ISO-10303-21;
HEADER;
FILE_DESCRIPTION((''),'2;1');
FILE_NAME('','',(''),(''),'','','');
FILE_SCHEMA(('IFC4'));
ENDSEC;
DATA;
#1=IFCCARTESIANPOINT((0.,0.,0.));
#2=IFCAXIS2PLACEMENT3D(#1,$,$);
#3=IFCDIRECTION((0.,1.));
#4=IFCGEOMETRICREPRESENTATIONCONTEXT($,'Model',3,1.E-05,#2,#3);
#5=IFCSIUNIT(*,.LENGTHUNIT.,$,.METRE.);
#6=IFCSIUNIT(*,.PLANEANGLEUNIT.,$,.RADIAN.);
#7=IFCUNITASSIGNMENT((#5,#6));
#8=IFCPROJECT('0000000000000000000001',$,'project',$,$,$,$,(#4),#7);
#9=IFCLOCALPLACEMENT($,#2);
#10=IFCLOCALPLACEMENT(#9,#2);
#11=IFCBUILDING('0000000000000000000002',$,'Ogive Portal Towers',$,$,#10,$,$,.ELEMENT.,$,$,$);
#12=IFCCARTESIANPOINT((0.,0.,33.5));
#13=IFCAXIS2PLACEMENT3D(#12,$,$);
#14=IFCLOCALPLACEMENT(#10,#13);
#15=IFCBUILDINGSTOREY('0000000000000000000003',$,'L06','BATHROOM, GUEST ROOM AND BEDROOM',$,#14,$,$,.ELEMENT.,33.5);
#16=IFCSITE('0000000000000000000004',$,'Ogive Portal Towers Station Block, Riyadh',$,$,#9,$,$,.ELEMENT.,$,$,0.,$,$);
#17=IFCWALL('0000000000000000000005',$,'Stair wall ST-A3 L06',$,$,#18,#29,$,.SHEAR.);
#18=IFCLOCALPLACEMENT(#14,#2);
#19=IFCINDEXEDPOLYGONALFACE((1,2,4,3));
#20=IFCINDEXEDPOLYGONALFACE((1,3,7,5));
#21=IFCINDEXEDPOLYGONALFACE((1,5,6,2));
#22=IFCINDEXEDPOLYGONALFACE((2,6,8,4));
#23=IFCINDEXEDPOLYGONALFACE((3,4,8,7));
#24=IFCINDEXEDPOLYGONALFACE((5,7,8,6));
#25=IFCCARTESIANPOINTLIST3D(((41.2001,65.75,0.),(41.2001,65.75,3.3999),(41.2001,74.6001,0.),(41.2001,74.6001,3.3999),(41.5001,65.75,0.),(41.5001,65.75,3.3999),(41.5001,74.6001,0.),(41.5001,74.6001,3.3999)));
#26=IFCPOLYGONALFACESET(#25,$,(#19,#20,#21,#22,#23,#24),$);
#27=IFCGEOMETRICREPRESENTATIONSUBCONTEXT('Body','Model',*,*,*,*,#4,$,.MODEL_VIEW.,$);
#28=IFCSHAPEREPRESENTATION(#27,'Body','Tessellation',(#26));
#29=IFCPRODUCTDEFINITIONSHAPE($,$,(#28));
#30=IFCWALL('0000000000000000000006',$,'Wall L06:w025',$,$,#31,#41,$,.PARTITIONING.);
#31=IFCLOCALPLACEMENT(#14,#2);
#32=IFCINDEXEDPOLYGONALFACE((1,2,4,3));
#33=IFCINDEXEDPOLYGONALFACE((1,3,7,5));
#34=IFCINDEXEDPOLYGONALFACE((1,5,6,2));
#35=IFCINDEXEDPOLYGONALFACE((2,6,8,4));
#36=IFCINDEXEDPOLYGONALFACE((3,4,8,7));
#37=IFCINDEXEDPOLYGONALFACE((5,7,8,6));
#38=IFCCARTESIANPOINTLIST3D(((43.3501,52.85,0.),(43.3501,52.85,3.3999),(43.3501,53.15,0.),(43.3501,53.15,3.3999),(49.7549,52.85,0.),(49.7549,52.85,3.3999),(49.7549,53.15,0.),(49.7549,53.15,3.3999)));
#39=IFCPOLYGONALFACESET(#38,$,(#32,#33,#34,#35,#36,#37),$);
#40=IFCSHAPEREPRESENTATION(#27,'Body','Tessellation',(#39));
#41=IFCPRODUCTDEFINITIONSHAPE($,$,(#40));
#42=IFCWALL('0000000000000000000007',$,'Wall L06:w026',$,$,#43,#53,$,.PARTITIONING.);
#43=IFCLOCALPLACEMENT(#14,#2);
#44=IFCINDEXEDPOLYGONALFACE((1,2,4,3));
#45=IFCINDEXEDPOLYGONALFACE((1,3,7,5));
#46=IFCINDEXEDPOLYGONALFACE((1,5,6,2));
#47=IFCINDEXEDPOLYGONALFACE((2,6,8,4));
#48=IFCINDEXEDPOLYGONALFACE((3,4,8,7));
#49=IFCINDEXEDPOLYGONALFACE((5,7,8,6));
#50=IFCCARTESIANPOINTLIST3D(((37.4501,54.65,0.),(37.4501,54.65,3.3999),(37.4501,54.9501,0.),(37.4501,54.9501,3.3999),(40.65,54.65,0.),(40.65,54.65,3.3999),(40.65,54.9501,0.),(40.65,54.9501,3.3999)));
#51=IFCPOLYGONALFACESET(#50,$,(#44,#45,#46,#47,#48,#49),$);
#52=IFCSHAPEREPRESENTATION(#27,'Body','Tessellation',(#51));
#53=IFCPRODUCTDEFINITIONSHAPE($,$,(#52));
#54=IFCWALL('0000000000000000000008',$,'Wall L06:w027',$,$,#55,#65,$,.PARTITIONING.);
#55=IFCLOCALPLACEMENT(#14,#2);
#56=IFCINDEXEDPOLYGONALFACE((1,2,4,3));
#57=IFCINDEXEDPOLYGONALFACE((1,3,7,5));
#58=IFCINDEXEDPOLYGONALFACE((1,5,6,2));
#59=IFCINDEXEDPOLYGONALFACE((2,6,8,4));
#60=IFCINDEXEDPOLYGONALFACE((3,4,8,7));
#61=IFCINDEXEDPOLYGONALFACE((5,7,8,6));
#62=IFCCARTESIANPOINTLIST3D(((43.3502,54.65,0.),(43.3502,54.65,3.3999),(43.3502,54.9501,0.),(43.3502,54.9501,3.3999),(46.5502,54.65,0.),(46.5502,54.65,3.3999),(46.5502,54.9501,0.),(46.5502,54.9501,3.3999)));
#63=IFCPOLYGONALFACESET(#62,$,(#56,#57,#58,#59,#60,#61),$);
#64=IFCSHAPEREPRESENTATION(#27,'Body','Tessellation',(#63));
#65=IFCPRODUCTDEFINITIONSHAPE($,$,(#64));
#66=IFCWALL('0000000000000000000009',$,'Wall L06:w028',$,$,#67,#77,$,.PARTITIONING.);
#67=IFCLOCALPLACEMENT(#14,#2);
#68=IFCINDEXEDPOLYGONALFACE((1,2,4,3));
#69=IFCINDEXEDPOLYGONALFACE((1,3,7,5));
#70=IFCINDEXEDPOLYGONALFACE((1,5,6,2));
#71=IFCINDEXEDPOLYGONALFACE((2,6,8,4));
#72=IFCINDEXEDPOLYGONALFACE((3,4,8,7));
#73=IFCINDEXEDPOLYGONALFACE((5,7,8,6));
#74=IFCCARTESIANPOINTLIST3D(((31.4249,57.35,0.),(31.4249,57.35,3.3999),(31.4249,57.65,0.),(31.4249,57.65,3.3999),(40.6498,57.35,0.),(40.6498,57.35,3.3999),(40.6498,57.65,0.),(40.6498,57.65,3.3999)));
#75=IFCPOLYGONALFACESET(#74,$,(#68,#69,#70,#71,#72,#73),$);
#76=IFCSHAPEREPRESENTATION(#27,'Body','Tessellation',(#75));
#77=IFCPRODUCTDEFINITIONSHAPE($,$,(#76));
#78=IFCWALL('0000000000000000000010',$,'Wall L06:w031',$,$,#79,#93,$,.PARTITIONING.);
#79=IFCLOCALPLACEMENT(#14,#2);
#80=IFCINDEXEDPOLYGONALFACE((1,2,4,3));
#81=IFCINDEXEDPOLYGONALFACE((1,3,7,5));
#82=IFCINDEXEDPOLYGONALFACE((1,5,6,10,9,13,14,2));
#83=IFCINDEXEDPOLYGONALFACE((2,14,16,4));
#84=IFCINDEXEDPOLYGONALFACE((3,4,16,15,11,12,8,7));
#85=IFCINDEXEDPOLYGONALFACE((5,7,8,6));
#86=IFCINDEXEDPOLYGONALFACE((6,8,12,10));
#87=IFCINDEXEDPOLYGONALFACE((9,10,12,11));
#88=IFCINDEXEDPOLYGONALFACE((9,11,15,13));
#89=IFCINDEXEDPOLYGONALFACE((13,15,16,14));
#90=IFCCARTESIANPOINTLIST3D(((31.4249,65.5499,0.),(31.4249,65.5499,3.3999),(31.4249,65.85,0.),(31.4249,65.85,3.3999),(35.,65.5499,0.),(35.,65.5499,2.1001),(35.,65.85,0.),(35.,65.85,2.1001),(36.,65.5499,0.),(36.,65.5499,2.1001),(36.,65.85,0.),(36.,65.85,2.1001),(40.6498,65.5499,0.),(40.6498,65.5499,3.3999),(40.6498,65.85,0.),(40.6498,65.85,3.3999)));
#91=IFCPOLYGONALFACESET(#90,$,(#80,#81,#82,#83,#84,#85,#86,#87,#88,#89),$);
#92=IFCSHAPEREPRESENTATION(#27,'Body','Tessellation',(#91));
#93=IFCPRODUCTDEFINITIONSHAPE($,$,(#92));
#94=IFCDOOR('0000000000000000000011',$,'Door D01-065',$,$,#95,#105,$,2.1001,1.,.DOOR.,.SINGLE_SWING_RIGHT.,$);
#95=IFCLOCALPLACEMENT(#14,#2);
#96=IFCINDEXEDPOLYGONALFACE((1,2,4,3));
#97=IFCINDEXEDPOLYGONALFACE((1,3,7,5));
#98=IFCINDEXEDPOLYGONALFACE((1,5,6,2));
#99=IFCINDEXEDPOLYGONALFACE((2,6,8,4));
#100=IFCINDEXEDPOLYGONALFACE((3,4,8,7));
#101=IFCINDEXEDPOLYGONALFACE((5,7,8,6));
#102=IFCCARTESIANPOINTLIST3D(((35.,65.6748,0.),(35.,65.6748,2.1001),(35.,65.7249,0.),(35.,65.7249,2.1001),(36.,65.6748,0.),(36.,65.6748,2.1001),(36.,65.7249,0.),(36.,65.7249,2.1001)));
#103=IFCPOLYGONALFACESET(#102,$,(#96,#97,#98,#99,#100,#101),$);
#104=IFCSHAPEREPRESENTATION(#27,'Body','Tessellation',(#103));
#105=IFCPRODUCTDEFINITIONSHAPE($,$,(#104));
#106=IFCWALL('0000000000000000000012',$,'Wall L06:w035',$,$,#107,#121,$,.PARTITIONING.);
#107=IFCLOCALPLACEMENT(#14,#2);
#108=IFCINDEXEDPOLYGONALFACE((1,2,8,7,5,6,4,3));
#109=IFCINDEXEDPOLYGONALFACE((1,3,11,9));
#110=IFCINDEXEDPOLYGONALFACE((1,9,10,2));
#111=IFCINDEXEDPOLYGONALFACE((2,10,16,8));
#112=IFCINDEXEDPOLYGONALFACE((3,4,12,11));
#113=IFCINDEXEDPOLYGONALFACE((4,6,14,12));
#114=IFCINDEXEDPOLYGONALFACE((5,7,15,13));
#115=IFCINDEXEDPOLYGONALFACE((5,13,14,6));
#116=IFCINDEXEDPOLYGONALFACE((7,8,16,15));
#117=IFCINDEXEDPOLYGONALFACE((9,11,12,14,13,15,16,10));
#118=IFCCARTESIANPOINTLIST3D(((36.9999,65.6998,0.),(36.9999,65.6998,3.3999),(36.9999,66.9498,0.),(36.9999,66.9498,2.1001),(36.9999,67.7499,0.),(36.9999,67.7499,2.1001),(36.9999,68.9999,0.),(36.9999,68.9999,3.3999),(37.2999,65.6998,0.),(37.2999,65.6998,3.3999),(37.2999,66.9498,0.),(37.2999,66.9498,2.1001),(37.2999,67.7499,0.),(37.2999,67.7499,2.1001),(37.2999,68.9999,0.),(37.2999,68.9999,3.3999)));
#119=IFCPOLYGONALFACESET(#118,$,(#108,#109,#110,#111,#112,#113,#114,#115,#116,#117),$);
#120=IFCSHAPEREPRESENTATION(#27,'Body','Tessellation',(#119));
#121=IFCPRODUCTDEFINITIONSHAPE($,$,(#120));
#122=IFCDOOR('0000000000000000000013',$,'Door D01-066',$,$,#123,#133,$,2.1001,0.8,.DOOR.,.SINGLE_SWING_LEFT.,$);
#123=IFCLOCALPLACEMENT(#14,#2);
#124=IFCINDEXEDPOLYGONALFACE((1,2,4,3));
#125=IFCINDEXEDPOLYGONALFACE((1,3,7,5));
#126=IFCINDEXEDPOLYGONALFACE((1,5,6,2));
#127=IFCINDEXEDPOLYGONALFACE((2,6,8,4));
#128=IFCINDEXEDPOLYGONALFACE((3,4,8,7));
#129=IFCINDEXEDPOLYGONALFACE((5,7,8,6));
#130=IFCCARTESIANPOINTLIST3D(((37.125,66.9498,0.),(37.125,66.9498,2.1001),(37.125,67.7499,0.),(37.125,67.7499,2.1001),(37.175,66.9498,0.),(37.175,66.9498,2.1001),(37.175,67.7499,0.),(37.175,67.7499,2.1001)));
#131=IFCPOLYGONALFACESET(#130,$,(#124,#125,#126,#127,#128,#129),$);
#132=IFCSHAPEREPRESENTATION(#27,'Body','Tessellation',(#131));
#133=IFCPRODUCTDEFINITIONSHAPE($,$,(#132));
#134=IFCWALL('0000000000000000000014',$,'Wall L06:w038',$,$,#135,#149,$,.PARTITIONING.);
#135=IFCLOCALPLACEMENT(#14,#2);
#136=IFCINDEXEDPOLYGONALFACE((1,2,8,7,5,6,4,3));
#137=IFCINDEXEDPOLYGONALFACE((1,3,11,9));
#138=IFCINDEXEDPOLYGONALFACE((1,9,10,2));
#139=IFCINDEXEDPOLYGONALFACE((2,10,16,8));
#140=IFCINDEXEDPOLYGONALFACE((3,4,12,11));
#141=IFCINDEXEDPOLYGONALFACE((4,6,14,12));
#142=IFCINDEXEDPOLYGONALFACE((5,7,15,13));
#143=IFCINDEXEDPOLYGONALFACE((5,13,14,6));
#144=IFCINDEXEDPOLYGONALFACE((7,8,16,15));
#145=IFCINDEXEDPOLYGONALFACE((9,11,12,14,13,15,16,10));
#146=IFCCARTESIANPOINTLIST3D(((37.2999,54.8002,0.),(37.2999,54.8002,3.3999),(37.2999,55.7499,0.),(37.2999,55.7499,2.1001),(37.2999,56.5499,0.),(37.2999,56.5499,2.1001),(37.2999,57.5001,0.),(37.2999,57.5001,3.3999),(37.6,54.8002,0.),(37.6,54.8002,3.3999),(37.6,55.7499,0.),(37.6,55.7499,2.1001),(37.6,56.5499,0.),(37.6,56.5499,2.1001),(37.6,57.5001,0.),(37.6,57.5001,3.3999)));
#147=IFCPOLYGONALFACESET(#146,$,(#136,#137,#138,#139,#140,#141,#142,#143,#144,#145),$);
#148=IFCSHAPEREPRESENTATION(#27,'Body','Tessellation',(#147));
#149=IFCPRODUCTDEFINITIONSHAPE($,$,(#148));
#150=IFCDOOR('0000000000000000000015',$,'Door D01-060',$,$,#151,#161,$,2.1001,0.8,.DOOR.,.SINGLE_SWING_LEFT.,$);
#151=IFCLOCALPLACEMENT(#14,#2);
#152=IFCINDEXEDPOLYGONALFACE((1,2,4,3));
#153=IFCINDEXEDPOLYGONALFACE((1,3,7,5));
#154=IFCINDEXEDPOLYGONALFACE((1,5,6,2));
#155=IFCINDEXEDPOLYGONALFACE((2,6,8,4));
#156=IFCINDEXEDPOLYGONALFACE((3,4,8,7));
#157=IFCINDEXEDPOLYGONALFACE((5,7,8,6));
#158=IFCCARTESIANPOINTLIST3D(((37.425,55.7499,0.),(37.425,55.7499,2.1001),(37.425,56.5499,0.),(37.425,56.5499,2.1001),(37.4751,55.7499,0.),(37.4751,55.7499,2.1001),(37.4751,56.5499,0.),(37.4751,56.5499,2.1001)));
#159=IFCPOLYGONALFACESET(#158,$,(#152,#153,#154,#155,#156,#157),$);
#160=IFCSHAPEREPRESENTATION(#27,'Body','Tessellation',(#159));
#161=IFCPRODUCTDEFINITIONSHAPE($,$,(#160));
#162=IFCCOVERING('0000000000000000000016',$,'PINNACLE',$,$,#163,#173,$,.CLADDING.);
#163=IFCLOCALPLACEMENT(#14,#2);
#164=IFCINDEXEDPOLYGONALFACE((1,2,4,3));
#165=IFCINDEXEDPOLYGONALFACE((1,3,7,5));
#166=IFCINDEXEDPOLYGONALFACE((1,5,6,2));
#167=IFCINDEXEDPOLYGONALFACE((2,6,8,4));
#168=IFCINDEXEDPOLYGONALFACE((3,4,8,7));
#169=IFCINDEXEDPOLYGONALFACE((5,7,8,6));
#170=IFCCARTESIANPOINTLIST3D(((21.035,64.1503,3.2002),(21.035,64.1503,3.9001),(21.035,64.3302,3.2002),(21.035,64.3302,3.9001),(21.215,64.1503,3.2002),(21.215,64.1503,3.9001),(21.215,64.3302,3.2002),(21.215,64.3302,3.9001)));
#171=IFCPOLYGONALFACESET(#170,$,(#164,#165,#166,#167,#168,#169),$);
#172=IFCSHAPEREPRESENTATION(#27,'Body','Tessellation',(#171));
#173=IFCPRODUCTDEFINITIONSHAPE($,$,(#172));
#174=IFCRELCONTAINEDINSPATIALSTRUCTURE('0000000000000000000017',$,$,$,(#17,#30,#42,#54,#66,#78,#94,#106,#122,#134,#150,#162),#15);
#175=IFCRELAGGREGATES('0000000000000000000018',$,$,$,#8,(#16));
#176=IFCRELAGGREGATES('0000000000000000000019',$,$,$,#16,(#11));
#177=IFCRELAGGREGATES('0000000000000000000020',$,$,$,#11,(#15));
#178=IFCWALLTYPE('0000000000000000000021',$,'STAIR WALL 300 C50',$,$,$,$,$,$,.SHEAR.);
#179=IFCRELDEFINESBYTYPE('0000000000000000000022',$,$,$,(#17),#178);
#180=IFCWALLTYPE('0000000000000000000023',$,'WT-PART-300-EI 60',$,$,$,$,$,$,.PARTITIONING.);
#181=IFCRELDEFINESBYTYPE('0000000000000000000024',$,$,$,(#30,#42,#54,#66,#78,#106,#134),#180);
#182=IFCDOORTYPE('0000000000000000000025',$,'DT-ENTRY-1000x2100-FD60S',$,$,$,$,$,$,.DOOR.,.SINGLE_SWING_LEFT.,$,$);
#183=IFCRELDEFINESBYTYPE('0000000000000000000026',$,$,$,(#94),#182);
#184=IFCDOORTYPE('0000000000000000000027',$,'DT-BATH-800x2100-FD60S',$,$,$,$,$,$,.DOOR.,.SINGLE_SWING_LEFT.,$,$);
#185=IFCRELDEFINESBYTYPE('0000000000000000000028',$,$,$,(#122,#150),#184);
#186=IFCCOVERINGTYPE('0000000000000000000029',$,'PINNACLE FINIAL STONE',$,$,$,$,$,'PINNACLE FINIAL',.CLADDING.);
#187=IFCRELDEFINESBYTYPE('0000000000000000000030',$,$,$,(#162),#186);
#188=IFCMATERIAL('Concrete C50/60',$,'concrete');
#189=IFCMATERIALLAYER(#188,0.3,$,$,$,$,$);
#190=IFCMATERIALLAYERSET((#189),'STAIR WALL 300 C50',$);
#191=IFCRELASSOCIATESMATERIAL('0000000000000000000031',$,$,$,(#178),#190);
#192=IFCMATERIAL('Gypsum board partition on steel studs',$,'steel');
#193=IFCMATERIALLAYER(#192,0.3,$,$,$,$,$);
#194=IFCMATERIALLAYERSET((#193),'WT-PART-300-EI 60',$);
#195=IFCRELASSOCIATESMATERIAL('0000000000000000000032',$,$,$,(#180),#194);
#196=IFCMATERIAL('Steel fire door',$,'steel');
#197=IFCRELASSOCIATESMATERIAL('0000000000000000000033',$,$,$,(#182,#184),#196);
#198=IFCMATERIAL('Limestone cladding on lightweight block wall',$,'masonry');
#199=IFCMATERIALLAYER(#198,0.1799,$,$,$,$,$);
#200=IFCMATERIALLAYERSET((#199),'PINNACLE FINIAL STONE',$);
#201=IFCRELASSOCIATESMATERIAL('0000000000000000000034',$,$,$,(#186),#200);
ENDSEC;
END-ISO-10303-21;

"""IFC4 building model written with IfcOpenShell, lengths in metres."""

from ifc_helpers import new_model, si_unit, direction, frame, frame_2d, origin, origin_2d, place, context, subcontext, project, spatial, rectangle, extrude, material, layer, layer_set, type_object, element, fill, save


model = new_model("IFC4")

# Units and contexts
model_context = context("Model", 3, precision=1e-05, world=origin(), true_north=direction((0.0, 1.0)))
body_context = subcontext(model_context, "Body", "Model", "MODEL_VIEW")
ifc_project = project(units=[si_unit("LENGTHUNIT", "METRE"), si_unit("PLANEANGLEUNIT", "RADIAN")], contexts=[model_context])

# Site, building, storey
site_placement = place(None, origin())
site = spatial("IfcSite", under=ifc_project, at=site_placement, Name="Ogive Portal Towers Station Block, Riyadh", CompositionType="ELEMENT", RefElevation=0.0)
building_placement = place(site_placement, origin())
building = spatial("IfcBuilding", under=site, at=building_placement, Name="Ogive Portal Towers", CompositionType="ELEMENT")
storey_placement = place(building_placement, frame((0.0, 0.0, 33.5)))
storey = spatial("IfcBuildingStorey", under=building, at=storey_placement, Name="L06", Description="BATHROOM, GUEST ROOM AND BEDROOM", CompositionType="ELEMENT", Elevation=33.5)

# Shared definitions
ifc_material_1 = material(Name="Limestone cladding on lightweight block wall", Category="masonry")

# Shared definitions
ifc_material_2 = material(Name="Concrete C50/60", Category="concrete")
ifc_layer_1 = layer(ifc_material_2, 0.3)
ifc_layer_set_1 = layer_set([ifc_layer_1], Name="STAIR WALL 300 C50")
wall_type_1 = type_object("IfcWallType", Name="STAIR WALL 300 C50", PredefinedType="SHEAR", material=ifc_layer_set_1)
ifc_material_3 = material(Name="Steel fire door", Category="steel")

# Walls
wall_1_placement = place(storey_placement, frame((41.3501, 65.75, 0.0), z_axis=(0.0, 0.0, 1.0), x_axis=(0.0, 1.0, 0.0)))
element("IfcWall", 1, at=wall_1_placement, inside=storey, type_object=wall_type_1, Name="Stair wall ST-A3 L06", PredefinedType="SHEAR", context=body_context, shape_type="SweptSolid", body=[
    extrude(rectangle(XDim=8.8501, YDim=0.3, at=frame_2d((4.425, 0.0))), origin(), (0.0, 0.0, 1.0), 3.3999),
])
ifc_material_4 = material(Name="Gypsum board partition on steel studs", Category="steel")
ifc_layer_2 = layer(ifc_material_4, 0.3)
ifc_layer_set_2 = layer_set([ifc_layer_2], Name="WT-PART-300-EI 60")
wall_type_2 = type_object("IfcWallType", Name="WT-PART-300-EI 60", PredefinedType="PARTITIONING", material=ifc_layer_set_2)
wall_2_placement = place(storey_placement, frame((43.3501, 53.0, 0.0), z_axis=(0.0, 0.0, 1.0), x_axis=(1.0, 0.0, 0.0)))
element("IfcWall", 2, at=wall_2_placement, inside=storey, type_object=wall_type_2, Name="Wall L06:w025", PredefinedType="PARTITIONING", context=body_context, shape_type="SweptSolid", body=[
    extrude(rectangle(XDim=6.4048, YDim=0.3, at=frame_2d((3.2024, 0.0))), origin(), (0.0, 0.0, 1.0), 3.3999),
])
for number, where, z_axis, x_axis, name in (
    (3, (37.45, 54.8, 0.0), (0.0, 0.0, 1.0), (1.0, 0.0, 0.0), "Wall L06:w026"),
    (4, (43.3501, 54.8, 0.0), (0.0, 0.0, 1.0), (1.0, 0.0, 0.0), "Wall L06:w027"),
):
    element("IfcWall", number, at=place(storey_placement, frame(where, z_axis=z_axis, x_axis=x_axis)), inside=storey, type_object=wall_type_2, Name=name, PredefinedType="PARTITIONING", context=body_context, shape_type="SweptSolid", body=[
        extrude(rectangle(XDim=3.2, YDim=0.3, at=frame_2d((1.6001, 0.0))), origin(), (0.0, 0.0, 1.0), 3.3999),
    ])
wall_3_placement = place(storey_placement, frame((31.425, 57.5, 0.0), z_axis=(0.0, 0.0, 1.0), x_axis=(1.0, 0.0, 0.0)))
element("IfcWall", 5, at=wall_3_placement, inside=storey, type_object=wall_type_2, Name="Wall L06:w028", PredefinedType="PARTITIONING", context=body_context, shape_type="SweptSolid", body=[
    extrude(rectangle(XDim=9.2249, YDim=0.3, at=frame_2d((4.6123, 0.0))), origin(), (0.0, 0.0, 1.0), 3.3999),
])

# Walls, openings, doors
wall_4_placement = place(storey_placement, frame((31.425, 65.7, 0.0), z_axis=(0.0, 0.0, 1.0), x_axis=(1.0, 0.0, 0.0)))
wall_4 = element("IfcWall", 6, at=wall_4_placement, inside=storey, type_object=wall_type_2, Name="Wall L06:w031", PredefinedType="PARTITIONING", context=body_context, shape_type="SweptSolid", body=[
    extrude(rectangle(XDim=9.2249, YDim=0.3, at=frame_2d((4.6123, 0.0))), origin(), (0.0, 0.0, 1.0), 3.3999),
])
opening_1_placement = place(wall_4_placement, frame((3.575, 0.0, 0.0)))
opening_1 = element("IfcOpeningElement", 7, at=opening_1_placement, cuts=wall_4, PredefinedType="OPENING", context=body_context, shape_type="SweptSolid", body=[
    extrude(rectangle(XDim=1.0, YDim=2.1001, at=frame_2d((0.5, 1.05))), frame((0.0, 0.1602, 0.0), z_axis=(0.0, -1.0, 0.0), x_axis=(1.0, 0.0, 0.0)), (0.0, 0.0, 1.0), 0.3201),
])
door_type_1 = type_object("IfcDoorType", Name="DT-ENTRY-1000x2100-FD60S", OperationType="SINGLE_SWING_LEFT", PredefinedType="DOOR", material=ifc_material_3)
door_1_placement = place(opening_1_placement, origin())
door_1 = element("IfcDoor", 8, at=door_1_placement, inside=storey, type_object=door_type_1, Name="Door D01-065", OperationType="SINGLE_SWING_RIGHT", OverallHeight=2.1001, OverallWidth=1.0, PredefinedType="DOOR", context=body_context, shape_type="SweptSolid", body=[
    extrude(rectangle(XDim=1.0, YDim=2.1001, at=frame_2d((0.5, 1.05))), frame((0.0, 0.0249, 0.0), z_axis=(0.0, -1.0, 0.0), x_axis=(1.0, 0.0, 0.0)), (0.0, 0.0, 1.0), 0.05),
])
fill(opening_1, door_1)
wall_5_placement = place(storey_placement, frame((37.1499, 65.7, 0.0), z_axis=(0.0, 0.0, 1.0), x_axis=(0.0, 1.0, 0.0)))
wall_5 = element("IfcWall", 9, at=wall_5_placement, inside=storey, type_object=wall_type_2, Name="Wall L06:w035", PredefinedType="PARTITIONING", context=body_context, shape_type="SweptSolid", body=[
    extrude(rectangle(XDim=3.3, YDim=0.3, at=frame_2d((1.6499, 0.0))), origin(), (0.0, 0.0, 1.0), 3.3999),
])
opening_2_placement = place(wall_5_placement, frame((1.25, 0.0, 0.0)))
opening_2 = element("IfcOpeningElement", 10, at=opening_2_placement, cuts=wall_5, PredefinedType="OPENING", context=body_context, shape_type="SweptSolid", body=[
    extrude(rectangle(XDim=0.8, YDim=2.1001, at=frame_2d((0.3999, 1.05))), frame((0.0, 0.1602, 0.0), z_axis=(0.0, -1.0, 0.0), x_axis=(1.0, 0.0, 0.0)), (0.0, 0.0, 1.0), 0.3201),
])
door_type_2 = type_object("IfcDoorType", Name="DT-BATH-800x2100-FD60S", OperationType="SINGLE_SWING_LEFT", PredefinedType="DOOR", material=ifc_material_3)
door_2_placement = place(opening_2_placement, origin())
door_2 = element("IfcDoor", 11, at=door_2_placement, inside=storey, type_object=door_type_2, Name="Door D01-066", OperationType="SINGLE_SWING_LEFT", OverallHeight=2.1001, OverallWidth=0.8, PredefinedType="DOOR", context=body_context, shape_type="SweptSolid", body=[
    extrude(rectangle(XDim=0.8, YDim=2.1001, at=frame_2d((0.3999, 1.05))), frame((0.0, 0.0249, 0.0), z_axis=(0.0, -1.0, 0.0), x_axis=(1.0, 0.0, 0.0)), (0.0, 0.0, 1.0), 0.05),
])
fill(opening_2, door_2)
wall_6_placement = place(storey_placement, frame((37.45, 54.8, 0.0), z_axis=(0.0, 0.0, 1.0), x_axis=(0.0, 1.0, 0.0)))
wall_6 = element("IfcWall", 12, at=wall_6_placement, inside=storey, type_object=wall_type_2, Name="Wall L06:w038", PredefinedType="PARTITIONING", context=body_context, shape_type="SweptSolid", body=[
    extrude(rectangle(XDim=2.7, YDim=0.3, at=frame_2d((1.3501, 0.0))), origin(), (0.0, 0.0, 1.0), 3.3999),
])
opening_3_placement = place(wall_6_placement, frame((0.95, 0.0, 0.0)))
opening_3 = element("IfcOpeningElement", 13, at=opening_3_placement, cuts=wall_6, PredefinedType="OPENING", context=body_context, shape_type="SweptSolid", body=[
    extrude(rectangle(XDim=0.8, YDim=2.1001, at=frame_2d((0.3999, 1.05))), frame((0.0, 0.1602, 0.0), z_axis=(0.0, -1.0, 0.0), x_axis=(1.0, 0.0, 0.0)), (0.0, 0.0, 1.0), 0.3201),
])
door_3_placement = place(opening_3_placement, origin())
door_3 = element("IfcDoor", 14, at=door_3_placement, inside=storey, type_object=door_type_2, Name="Door D01-060", OperationType="SINGLE_SWING_LEFT", OverallHeight=2.1001, OverallWidth=0.8, PredefinedType="DOOR", context=body_context, shape_type="SweptSolid", body=[
    extrude(rectangle(XDim=0.8, YDim=2.1001, at=frame_2d((0.3999, 1.05))), frame((0.0, 0.0249, 0.0), z_axis=(0.0, -1.0, 0.0), x_axis=(1.0, 0.0, 0.0)), (0.0, 0.0, 1.0), 0.05),
])
fill(opening_3, door_3)

# Covering
ifc_layer_3 = layer(ifc_material_1, 0.1799)
ifc_layer_set_3 = layer_set([ifc_layer_3], Name="PINNACLE FINIAL STONE")
covering_type_1 = type_object("IfcCoveringType", Name="PINNACLE FINIAL STONE", ElementType="PINNACLE FINIAL", PredefinedType="CLADDING", material=ifc_layer_set_3)
covering_1_placement = place(storey_placement, frame((21.125, 64.2402, 3.2002), z_axis=(0.0, 0.0, 1.0), x_axis=(1.0, 0.0, 0.0)))
element("IfcCovering", 15, at=covering_1_placement, inside=storey, type_object=covering_type_1, Name="PINNACLE", PredefinedType="CLADDING", context=body_context, shape_type="SweptSolid", body=[
    extrude(rectangle(XDim=0.1799, YDim=0.1799, at=origin_2d()), origin(), (0.0, 0.0, 1.0), 0.7),
])

save(model, "model.ifc")
